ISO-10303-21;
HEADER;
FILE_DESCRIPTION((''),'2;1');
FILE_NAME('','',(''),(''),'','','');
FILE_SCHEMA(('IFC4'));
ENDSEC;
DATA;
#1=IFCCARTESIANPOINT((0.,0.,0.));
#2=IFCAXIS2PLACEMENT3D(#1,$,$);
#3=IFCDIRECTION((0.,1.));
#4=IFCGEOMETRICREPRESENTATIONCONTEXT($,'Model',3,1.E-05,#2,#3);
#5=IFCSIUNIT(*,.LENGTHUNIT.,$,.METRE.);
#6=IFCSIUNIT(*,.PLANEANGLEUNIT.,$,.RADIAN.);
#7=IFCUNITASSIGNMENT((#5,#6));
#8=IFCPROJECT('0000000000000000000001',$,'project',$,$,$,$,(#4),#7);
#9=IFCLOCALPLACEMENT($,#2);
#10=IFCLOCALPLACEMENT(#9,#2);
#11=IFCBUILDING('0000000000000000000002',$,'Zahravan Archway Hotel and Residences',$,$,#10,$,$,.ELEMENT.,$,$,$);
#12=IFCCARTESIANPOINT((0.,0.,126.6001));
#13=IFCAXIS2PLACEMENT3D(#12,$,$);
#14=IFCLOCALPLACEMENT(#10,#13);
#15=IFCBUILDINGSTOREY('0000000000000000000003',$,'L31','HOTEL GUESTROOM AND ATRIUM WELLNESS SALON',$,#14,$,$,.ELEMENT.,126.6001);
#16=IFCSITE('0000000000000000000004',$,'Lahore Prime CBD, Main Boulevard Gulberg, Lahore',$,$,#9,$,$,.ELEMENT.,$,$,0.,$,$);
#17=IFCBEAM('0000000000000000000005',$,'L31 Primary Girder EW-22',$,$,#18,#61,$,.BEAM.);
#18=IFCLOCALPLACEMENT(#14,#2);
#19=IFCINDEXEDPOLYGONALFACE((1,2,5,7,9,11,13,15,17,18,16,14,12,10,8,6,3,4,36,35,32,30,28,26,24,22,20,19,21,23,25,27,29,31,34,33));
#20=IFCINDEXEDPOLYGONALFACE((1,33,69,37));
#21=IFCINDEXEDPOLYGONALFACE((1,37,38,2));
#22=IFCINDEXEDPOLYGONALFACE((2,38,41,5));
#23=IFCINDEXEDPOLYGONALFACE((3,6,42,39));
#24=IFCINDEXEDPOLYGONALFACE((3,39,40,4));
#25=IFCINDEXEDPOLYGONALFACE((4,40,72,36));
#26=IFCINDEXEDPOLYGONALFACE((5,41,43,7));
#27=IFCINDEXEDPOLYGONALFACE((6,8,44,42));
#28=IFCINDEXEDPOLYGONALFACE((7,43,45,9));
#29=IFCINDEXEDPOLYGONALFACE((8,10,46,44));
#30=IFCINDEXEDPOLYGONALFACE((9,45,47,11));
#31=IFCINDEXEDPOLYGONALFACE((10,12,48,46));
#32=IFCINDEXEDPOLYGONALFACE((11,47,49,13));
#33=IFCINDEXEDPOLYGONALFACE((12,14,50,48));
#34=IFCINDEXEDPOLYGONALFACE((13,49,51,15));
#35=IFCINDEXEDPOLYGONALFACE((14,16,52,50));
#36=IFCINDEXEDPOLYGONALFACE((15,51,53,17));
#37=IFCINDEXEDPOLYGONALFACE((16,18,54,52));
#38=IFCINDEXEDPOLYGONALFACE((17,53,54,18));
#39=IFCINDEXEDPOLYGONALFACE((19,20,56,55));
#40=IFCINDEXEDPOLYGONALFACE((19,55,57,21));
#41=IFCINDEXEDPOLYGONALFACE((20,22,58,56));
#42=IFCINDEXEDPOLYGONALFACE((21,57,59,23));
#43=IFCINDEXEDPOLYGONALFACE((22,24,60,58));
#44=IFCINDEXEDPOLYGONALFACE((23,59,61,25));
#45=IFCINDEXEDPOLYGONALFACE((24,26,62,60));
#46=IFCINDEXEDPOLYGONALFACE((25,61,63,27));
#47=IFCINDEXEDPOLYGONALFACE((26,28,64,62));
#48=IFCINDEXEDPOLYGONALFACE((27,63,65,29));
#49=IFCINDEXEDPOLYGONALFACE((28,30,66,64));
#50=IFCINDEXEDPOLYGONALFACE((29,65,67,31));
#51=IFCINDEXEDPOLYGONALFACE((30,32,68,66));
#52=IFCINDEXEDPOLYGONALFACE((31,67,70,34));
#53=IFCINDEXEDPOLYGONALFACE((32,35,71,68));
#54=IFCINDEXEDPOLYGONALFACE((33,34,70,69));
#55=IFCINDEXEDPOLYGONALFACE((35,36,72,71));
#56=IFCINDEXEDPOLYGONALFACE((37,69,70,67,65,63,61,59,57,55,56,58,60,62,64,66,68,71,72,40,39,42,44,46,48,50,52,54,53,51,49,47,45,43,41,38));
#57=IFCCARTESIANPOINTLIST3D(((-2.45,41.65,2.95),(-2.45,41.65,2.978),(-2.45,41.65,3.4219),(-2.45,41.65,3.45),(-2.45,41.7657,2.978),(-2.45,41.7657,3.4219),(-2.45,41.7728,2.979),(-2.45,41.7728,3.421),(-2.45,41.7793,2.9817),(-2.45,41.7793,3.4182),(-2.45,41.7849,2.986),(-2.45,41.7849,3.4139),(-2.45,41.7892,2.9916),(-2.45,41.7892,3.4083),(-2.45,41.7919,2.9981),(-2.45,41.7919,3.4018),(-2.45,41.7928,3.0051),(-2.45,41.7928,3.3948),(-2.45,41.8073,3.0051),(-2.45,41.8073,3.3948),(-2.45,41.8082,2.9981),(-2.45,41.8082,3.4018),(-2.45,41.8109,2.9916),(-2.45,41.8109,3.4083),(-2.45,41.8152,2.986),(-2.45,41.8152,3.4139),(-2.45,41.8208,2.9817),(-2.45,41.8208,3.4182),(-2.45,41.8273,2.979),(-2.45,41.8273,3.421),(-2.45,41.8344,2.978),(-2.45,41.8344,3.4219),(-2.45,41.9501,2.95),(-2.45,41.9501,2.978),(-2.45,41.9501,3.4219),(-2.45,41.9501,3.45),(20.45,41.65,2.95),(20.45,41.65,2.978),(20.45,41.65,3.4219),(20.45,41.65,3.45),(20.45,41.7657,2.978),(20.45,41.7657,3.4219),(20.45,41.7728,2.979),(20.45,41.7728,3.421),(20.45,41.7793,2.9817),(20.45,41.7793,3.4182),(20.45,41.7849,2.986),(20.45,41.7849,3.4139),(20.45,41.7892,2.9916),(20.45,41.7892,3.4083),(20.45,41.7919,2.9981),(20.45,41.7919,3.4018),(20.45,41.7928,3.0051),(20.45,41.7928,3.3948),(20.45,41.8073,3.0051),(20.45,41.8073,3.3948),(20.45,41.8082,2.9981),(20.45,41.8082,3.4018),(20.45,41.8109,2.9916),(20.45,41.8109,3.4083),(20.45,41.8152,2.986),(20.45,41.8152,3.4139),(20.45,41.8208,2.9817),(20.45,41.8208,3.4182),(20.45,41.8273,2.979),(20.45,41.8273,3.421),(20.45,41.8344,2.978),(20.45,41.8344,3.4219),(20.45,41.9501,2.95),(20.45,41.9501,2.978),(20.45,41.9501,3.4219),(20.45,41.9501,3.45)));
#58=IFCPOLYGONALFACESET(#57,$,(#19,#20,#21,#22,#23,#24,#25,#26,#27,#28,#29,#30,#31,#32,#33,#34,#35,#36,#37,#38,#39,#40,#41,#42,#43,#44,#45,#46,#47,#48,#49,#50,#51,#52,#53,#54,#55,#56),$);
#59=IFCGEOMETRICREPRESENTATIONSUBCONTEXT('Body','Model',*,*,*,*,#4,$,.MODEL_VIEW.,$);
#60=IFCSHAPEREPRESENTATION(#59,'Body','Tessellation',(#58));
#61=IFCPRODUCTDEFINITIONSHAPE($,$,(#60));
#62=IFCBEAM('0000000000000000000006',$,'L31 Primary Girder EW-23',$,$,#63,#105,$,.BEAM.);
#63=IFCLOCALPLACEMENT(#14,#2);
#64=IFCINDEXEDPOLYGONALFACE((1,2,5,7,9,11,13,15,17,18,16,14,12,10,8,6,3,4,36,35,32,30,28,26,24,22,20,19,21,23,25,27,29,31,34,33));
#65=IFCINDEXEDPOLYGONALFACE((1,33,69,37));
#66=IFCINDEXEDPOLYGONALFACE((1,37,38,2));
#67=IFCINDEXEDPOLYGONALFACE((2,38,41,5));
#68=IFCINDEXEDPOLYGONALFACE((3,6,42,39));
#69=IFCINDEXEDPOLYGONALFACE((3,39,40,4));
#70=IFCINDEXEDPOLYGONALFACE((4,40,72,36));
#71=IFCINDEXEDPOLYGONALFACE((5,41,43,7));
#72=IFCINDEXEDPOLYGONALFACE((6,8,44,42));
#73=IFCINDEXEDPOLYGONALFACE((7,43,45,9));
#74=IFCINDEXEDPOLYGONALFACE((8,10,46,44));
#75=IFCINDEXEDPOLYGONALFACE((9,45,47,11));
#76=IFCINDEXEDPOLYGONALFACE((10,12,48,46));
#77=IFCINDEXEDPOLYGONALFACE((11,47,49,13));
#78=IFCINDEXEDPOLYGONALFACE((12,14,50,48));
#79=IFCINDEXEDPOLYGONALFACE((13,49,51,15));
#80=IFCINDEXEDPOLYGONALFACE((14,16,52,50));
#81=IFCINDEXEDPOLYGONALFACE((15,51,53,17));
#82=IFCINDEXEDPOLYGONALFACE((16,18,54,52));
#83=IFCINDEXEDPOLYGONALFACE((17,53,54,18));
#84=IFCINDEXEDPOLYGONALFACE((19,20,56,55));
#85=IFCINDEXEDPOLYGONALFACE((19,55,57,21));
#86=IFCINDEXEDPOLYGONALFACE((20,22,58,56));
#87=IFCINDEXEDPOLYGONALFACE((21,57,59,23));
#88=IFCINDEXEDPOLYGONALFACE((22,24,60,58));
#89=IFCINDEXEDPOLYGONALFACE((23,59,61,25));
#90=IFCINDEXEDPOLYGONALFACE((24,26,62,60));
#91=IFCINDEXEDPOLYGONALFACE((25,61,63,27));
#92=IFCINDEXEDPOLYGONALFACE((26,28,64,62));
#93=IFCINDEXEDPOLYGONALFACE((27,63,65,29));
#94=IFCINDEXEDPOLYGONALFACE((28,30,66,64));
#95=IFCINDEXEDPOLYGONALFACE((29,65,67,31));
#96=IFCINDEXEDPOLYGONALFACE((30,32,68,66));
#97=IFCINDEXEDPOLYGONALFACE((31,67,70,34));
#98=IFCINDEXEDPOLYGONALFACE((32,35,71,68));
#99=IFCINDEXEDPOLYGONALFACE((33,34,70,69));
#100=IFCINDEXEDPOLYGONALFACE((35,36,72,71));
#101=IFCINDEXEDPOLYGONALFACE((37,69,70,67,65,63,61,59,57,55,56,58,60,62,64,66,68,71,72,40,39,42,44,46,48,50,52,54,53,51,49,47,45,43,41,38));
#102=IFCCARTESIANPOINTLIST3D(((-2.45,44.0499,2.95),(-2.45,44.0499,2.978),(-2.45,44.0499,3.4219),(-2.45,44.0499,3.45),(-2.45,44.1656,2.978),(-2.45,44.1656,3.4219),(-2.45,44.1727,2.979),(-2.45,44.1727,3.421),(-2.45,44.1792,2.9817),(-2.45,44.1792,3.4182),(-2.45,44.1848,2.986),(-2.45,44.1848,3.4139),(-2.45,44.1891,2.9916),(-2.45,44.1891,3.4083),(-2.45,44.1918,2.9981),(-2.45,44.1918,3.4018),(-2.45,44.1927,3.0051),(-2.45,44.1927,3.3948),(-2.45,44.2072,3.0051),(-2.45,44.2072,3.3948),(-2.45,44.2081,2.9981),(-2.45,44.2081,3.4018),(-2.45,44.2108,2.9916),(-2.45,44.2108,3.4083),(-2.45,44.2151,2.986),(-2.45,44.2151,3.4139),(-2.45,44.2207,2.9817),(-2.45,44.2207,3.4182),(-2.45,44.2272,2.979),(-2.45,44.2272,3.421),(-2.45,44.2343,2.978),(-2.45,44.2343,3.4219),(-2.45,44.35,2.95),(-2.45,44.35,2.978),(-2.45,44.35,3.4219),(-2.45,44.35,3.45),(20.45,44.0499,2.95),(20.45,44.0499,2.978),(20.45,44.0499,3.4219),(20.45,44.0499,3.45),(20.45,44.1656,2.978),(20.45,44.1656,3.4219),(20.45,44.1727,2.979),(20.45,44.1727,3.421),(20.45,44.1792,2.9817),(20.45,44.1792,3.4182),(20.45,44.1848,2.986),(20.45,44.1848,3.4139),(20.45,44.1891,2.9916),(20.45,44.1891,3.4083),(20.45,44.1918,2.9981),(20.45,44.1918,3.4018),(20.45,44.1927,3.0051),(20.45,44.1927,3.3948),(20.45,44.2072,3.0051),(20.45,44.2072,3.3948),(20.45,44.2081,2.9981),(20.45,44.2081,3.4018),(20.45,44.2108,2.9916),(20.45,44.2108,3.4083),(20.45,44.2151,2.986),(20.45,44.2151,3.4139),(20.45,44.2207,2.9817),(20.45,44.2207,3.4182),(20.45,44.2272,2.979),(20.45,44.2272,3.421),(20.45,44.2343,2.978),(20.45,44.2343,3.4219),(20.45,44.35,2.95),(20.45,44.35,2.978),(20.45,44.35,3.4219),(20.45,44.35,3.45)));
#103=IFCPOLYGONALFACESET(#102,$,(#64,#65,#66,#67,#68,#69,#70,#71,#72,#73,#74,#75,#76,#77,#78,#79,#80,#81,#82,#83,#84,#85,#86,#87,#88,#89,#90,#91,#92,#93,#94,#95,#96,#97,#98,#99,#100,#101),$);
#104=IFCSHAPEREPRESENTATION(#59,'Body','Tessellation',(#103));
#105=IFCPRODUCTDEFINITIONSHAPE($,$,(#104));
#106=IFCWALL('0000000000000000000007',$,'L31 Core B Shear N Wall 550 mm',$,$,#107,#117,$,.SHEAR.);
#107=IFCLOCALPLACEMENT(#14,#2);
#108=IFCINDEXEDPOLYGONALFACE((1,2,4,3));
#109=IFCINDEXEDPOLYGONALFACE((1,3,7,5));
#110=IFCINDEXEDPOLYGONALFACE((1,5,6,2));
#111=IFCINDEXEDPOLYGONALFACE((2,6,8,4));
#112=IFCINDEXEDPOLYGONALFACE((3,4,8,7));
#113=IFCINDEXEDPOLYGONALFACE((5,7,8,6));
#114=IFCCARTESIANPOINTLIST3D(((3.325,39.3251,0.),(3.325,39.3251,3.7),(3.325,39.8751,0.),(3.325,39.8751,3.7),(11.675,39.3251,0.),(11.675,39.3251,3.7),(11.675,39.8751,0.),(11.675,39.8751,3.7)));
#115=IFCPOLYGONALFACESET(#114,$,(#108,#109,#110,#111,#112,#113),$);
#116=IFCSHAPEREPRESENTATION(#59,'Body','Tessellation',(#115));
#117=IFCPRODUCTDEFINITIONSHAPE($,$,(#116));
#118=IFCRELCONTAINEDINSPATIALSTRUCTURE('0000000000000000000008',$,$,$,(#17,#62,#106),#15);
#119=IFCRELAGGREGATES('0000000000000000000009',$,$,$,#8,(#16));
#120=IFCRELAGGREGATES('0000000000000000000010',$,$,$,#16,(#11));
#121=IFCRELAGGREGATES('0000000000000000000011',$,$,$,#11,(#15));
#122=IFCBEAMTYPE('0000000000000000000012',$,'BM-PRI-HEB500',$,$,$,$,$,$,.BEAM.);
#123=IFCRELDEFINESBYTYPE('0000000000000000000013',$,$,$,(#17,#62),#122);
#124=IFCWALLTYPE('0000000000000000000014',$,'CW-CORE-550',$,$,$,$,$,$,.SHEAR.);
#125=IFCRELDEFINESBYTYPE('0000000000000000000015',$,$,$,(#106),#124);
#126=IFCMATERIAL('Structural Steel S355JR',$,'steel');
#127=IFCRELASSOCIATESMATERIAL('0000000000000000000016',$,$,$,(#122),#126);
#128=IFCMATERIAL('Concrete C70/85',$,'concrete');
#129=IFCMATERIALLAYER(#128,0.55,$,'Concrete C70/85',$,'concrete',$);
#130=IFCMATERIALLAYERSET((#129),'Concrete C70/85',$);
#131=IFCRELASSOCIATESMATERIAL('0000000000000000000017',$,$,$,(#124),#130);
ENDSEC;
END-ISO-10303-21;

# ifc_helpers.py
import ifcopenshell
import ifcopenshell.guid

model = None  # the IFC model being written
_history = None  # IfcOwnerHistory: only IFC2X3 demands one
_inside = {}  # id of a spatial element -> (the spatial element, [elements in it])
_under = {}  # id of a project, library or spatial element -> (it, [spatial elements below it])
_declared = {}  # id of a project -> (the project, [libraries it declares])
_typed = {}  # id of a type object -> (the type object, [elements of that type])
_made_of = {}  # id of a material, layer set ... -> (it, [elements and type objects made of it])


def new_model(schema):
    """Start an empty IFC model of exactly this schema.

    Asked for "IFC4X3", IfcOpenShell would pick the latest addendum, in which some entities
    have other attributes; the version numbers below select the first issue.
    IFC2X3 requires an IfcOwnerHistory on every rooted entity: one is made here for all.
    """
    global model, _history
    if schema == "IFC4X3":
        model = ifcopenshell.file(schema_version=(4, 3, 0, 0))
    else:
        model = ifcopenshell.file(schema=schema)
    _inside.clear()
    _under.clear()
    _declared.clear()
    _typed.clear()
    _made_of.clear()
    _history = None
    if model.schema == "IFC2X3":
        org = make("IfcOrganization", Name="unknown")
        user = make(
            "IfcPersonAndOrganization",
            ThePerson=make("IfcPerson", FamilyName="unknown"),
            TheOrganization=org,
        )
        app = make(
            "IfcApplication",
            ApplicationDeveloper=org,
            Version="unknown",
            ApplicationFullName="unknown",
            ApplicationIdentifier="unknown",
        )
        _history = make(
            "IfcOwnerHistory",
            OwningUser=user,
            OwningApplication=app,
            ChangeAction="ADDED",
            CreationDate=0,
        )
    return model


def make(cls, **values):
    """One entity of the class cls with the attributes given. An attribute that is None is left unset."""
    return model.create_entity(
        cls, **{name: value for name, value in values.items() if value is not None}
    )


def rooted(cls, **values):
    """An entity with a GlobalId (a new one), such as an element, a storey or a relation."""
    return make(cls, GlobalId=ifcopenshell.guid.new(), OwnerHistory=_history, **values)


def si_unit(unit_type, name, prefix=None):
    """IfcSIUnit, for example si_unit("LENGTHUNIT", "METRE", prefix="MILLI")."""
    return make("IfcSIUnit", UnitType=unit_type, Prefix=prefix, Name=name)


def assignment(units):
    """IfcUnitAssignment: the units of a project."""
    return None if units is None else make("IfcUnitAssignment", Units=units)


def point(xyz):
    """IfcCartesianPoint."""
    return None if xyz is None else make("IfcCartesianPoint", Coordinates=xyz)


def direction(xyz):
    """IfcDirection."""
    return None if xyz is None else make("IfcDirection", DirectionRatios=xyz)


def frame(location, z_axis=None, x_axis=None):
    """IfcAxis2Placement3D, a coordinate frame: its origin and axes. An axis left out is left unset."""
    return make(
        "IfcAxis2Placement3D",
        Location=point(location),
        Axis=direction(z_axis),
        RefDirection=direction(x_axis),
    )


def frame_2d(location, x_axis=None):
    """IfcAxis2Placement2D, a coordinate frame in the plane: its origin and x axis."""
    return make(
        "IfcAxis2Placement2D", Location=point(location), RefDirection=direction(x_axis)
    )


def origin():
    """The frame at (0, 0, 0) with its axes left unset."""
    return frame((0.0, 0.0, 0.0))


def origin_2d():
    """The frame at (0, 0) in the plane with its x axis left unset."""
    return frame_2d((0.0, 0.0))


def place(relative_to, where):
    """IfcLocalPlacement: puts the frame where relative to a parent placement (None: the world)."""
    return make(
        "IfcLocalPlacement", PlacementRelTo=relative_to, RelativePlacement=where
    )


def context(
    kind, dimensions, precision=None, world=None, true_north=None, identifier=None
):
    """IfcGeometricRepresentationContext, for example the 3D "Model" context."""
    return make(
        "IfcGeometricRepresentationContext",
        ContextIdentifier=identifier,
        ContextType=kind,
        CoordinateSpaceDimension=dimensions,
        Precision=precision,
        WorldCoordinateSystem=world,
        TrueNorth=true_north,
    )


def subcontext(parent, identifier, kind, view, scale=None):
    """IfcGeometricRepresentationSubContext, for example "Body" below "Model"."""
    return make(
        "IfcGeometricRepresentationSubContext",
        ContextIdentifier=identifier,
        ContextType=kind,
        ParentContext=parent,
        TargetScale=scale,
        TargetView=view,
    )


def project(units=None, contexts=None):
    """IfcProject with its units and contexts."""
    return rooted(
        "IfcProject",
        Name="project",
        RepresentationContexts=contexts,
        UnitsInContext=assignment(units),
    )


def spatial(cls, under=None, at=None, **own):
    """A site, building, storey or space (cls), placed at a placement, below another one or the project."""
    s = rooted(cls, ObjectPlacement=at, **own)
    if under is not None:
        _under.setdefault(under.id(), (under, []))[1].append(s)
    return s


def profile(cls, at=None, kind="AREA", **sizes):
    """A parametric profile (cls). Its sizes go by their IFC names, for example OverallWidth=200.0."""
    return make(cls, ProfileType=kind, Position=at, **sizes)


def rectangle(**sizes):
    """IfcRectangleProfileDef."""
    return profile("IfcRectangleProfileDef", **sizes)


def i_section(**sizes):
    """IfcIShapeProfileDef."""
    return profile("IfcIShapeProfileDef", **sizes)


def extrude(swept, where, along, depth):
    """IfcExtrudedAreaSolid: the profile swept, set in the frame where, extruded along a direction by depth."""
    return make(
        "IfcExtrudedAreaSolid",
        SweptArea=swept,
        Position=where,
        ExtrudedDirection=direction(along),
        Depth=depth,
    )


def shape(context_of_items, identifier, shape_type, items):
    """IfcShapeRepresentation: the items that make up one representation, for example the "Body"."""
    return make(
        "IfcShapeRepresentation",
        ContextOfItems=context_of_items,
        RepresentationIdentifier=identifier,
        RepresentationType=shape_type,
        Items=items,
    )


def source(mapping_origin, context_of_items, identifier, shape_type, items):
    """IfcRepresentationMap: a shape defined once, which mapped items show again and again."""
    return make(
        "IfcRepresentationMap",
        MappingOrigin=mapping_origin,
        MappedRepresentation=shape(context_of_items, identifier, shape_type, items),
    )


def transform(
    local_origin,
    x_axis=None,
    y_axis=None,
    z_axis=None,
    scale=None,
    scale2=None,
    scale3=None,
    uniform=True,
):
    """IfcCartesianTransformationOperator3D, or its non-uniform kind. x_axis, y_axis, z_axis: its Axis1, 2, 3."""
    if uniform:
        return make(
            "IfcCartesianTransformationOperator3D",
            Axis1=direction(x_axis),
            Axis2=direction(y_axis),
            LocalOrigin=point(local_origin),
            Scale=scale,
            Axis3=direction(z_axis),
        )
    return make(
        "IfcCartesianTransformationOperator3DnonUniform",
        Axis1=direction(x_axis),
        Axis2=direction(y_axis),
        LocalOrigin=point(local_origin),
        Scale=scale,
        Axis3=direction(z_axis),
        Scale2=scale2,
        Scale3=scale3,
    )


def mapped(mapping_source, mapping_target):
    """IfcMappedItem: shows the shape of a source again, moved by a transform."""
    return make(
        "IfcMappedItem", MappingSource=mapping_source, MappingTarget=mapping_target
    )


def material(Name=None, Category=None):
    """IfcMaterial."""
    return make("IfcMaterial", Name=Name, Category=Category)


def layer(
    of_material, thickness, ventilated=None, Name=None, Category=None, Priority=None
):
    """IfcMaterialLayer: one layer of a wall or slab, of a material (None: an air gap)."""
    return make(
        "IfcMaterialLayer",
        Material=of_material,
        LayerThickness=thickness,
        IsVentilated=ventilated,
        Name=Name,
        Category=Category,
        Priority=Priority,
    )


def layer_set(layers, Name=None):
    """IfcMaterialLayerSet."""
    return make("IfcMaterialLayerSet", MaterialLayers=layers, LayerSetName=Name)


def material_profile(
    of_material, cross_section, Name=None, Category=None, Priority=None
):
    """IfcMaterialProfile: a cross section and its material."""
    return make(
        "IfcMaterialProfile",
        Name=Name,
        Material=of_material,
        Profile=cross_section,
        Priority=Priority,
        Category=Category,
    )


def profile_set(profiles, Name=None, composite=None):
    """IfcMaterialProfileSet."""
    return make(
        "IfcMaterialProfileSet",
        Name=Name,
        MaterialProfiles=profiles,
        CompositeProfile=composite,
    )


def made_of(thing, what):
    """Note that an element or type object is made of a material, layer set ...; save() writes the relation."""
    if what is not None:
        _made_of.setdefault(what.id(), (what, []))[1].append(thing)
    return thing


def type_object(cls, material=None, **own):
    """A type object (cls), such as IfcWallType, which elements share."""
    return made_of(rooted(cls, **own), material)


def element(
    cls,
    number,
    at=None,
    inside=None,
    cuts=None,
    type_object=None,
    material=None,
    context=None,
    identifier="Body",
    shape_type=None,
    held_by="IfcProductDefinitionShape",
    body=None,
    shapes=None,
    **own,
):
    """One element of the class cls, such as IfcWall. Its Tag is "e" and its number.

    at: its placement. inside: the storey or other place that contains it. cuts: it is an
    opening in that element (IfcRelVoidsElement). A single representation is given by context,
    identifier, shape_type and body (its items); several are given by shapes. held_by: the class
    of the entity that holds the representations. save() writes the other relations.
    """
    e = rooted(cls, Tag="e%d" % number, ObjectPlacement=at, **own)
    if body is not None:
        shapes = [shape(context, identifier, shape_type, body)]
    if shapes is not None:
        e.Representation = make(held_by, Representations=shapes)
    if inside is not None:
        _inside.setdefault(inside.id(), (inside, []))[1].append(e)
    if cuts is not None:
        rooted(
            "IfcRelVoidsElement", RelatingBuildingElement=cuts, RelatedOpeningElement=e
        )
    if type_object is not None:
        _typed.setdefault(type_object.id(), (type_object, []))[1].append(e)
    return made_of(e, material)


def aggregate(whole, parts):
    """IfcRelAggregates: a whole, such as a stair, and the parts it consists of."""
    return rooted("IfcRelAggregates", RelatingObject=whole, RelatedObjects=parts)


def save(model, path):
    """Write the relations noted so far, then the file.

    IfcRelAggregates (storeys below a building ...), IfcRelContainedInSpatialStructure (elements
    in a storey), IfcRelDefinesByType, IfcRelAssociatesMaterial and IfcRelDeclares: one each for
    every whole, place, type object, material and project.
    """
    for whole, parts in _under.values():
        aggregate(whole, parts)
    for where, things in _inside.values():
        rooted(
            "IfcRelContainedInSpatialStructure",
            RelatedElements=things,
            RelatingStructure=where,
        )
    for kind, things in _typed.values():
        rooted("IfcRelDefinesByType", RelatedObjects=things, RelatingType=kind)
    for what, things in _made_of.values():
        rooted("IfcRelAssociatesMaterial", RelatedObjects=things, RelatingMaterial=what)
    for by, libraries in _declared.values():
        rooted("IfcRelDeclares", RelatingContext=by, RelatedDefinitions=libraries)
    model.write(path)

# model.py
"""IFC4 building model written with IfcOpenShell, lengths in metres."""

from ifc_helpers import new_model, si_unit, direction, frame, frame_2d, origin, origin_2d, place, context, subcontext, project, spatial, rectangle, i_section, extrude, source, transform, mapped, material, layer, layer_set, material_profile, profile_set, type_object, element, save


model = new_model("IFC4")

# Units and contexts
model_context = context("Model", 3, precision=1e-05, world=origin(), true_north=direction((0.0, 1.0)))
body_context = subcontext(model_context, "Body", "Model", "MODEL_VIEW")
ifc_project = project(units=[si_unit("LENGTHUNIT", "METRE"), si_unit("PLANEANGLEUNIT", "RADIAN")], contexts=[model_context])

# Site, building, storey
site_placement = place(None, origin())
site = spatial("IfcSite", under=ifc_project, at=site_placement, Name="Lahore Prime CBD, Main Boulevard Gulberg, Lahore", CompositionType="ELEMENT", RefElevation=0.0)
building_placement = place(site_placement, origin())
building = spatial("IfcBuilding", under=site, at=building_placement, Name="Zahravan Archway Hotel and Residences", CompositionType="ELEMENT")
storey_placement = place(building_placement, frame((0.0, 0.0, 126.6001)))
storey = spatial("IfcBuildingStorey", under=building, at=storey_placement, Name="L31", Description="HOTEL GUESTROOM AND ATRIUM WELLNESS SALON", CompositionType="ELEMENT", Elevation=126.6001)

# Beams
ifc_material_1 = material(Name="Structural Steel S355JR", Category="steel")
ifc_material_profile_1 = material_profile(ifc_material_1, i_section(OverallWidth=0.3, OverallDepth=0.5, WebThickness=0.0144, FlangeThickness=0.0281, FilletRadius=0.0271, at=origin_2d()), Name="HEB 500", Category="steel")
ifc_profile_set_1 = profile_set([ifc_material_profile_1], Name="Structural Steel S355JR")
beam_type_1 = type_object("IfcBeamType", Name="BM-PRI-HEB500", PredefinedType="BEAM", material=ifc_profile_set_1)
shared_shape_1 = source(origin(), body_context, "Body", "SweptSolid", [
    extrude(i_section(OverallWidth=0.3, OverallDepth=0.5, WebThickness=0.0144, FlangeThickness=0.0281, FilletRadius=0.0271, at=origin_2d()), origin(), (0.0, 0.0, 1.0), 22.8999),
])
for number, where, z_axis, x_axis, name in (
    (1, (-2.45, 41.8, 3.2), (1.0, 0.0, 0.0), (0.0, 1.0, 0.0), "L31 Primary Girder EW-22"),
    (2, (-2.45, 44.2, 3.2), (1.0, 0.0, 0.0), (0.0, 1.0, 0.0), "L31 Primary Girder EW-23"),
):
    element("IfcBeam", number, at=place(storey_placement, frame(where, z_axis=z_axis, x_axis=x_axis)), inside=storey, type_object=beam_type_1, Name=name, PredefinedType="BEAM", context=body_context, shape_type="MappedRepresentation", body=[
        mapped(shared_shape_1, transform((0.0, 0.0, 0.0), scale=1.0)),
    ])

# Wall
ifc_material_2 = material(Name="Concrete C70/85", Category="concrete")
ifc_layer_1 = layer(ifc_material_2, 0.55, Name="Concrete C70/85", Category="concrete")
ifc_layer_set_1 = layer_set([ifc_layer_1], Name="Concrete C70/85")
wall_type_1 = type_object("IfcWallType", Name="CW-CORE-550", PredefinedType="SHEAR", material=ifc_layer_set_1)
wall_1_placement = place(storey_placement, frame((3.325, 39.6001, 0.0), z_axis=(0.0, 0.0, 1.0), x_axis=(1.0, 0.0, 0.0)))
element("IfcWall", 3, at=wall_1_placement, inside=storey, type_object=wall_type_1, Name="L31 Core B Shear N Wall 550 mm", PredefinedType="SHEAR", context=body_context, shape_type="SweptSolid", body=[
    extrude(rectangle(XDim=8.3501, YDim=0.55, at=frame_2d((4.175, 0.0))), origin(), (0.0, 0.0, 1.0), 3.7),
])

save(model, "model.ifc")
